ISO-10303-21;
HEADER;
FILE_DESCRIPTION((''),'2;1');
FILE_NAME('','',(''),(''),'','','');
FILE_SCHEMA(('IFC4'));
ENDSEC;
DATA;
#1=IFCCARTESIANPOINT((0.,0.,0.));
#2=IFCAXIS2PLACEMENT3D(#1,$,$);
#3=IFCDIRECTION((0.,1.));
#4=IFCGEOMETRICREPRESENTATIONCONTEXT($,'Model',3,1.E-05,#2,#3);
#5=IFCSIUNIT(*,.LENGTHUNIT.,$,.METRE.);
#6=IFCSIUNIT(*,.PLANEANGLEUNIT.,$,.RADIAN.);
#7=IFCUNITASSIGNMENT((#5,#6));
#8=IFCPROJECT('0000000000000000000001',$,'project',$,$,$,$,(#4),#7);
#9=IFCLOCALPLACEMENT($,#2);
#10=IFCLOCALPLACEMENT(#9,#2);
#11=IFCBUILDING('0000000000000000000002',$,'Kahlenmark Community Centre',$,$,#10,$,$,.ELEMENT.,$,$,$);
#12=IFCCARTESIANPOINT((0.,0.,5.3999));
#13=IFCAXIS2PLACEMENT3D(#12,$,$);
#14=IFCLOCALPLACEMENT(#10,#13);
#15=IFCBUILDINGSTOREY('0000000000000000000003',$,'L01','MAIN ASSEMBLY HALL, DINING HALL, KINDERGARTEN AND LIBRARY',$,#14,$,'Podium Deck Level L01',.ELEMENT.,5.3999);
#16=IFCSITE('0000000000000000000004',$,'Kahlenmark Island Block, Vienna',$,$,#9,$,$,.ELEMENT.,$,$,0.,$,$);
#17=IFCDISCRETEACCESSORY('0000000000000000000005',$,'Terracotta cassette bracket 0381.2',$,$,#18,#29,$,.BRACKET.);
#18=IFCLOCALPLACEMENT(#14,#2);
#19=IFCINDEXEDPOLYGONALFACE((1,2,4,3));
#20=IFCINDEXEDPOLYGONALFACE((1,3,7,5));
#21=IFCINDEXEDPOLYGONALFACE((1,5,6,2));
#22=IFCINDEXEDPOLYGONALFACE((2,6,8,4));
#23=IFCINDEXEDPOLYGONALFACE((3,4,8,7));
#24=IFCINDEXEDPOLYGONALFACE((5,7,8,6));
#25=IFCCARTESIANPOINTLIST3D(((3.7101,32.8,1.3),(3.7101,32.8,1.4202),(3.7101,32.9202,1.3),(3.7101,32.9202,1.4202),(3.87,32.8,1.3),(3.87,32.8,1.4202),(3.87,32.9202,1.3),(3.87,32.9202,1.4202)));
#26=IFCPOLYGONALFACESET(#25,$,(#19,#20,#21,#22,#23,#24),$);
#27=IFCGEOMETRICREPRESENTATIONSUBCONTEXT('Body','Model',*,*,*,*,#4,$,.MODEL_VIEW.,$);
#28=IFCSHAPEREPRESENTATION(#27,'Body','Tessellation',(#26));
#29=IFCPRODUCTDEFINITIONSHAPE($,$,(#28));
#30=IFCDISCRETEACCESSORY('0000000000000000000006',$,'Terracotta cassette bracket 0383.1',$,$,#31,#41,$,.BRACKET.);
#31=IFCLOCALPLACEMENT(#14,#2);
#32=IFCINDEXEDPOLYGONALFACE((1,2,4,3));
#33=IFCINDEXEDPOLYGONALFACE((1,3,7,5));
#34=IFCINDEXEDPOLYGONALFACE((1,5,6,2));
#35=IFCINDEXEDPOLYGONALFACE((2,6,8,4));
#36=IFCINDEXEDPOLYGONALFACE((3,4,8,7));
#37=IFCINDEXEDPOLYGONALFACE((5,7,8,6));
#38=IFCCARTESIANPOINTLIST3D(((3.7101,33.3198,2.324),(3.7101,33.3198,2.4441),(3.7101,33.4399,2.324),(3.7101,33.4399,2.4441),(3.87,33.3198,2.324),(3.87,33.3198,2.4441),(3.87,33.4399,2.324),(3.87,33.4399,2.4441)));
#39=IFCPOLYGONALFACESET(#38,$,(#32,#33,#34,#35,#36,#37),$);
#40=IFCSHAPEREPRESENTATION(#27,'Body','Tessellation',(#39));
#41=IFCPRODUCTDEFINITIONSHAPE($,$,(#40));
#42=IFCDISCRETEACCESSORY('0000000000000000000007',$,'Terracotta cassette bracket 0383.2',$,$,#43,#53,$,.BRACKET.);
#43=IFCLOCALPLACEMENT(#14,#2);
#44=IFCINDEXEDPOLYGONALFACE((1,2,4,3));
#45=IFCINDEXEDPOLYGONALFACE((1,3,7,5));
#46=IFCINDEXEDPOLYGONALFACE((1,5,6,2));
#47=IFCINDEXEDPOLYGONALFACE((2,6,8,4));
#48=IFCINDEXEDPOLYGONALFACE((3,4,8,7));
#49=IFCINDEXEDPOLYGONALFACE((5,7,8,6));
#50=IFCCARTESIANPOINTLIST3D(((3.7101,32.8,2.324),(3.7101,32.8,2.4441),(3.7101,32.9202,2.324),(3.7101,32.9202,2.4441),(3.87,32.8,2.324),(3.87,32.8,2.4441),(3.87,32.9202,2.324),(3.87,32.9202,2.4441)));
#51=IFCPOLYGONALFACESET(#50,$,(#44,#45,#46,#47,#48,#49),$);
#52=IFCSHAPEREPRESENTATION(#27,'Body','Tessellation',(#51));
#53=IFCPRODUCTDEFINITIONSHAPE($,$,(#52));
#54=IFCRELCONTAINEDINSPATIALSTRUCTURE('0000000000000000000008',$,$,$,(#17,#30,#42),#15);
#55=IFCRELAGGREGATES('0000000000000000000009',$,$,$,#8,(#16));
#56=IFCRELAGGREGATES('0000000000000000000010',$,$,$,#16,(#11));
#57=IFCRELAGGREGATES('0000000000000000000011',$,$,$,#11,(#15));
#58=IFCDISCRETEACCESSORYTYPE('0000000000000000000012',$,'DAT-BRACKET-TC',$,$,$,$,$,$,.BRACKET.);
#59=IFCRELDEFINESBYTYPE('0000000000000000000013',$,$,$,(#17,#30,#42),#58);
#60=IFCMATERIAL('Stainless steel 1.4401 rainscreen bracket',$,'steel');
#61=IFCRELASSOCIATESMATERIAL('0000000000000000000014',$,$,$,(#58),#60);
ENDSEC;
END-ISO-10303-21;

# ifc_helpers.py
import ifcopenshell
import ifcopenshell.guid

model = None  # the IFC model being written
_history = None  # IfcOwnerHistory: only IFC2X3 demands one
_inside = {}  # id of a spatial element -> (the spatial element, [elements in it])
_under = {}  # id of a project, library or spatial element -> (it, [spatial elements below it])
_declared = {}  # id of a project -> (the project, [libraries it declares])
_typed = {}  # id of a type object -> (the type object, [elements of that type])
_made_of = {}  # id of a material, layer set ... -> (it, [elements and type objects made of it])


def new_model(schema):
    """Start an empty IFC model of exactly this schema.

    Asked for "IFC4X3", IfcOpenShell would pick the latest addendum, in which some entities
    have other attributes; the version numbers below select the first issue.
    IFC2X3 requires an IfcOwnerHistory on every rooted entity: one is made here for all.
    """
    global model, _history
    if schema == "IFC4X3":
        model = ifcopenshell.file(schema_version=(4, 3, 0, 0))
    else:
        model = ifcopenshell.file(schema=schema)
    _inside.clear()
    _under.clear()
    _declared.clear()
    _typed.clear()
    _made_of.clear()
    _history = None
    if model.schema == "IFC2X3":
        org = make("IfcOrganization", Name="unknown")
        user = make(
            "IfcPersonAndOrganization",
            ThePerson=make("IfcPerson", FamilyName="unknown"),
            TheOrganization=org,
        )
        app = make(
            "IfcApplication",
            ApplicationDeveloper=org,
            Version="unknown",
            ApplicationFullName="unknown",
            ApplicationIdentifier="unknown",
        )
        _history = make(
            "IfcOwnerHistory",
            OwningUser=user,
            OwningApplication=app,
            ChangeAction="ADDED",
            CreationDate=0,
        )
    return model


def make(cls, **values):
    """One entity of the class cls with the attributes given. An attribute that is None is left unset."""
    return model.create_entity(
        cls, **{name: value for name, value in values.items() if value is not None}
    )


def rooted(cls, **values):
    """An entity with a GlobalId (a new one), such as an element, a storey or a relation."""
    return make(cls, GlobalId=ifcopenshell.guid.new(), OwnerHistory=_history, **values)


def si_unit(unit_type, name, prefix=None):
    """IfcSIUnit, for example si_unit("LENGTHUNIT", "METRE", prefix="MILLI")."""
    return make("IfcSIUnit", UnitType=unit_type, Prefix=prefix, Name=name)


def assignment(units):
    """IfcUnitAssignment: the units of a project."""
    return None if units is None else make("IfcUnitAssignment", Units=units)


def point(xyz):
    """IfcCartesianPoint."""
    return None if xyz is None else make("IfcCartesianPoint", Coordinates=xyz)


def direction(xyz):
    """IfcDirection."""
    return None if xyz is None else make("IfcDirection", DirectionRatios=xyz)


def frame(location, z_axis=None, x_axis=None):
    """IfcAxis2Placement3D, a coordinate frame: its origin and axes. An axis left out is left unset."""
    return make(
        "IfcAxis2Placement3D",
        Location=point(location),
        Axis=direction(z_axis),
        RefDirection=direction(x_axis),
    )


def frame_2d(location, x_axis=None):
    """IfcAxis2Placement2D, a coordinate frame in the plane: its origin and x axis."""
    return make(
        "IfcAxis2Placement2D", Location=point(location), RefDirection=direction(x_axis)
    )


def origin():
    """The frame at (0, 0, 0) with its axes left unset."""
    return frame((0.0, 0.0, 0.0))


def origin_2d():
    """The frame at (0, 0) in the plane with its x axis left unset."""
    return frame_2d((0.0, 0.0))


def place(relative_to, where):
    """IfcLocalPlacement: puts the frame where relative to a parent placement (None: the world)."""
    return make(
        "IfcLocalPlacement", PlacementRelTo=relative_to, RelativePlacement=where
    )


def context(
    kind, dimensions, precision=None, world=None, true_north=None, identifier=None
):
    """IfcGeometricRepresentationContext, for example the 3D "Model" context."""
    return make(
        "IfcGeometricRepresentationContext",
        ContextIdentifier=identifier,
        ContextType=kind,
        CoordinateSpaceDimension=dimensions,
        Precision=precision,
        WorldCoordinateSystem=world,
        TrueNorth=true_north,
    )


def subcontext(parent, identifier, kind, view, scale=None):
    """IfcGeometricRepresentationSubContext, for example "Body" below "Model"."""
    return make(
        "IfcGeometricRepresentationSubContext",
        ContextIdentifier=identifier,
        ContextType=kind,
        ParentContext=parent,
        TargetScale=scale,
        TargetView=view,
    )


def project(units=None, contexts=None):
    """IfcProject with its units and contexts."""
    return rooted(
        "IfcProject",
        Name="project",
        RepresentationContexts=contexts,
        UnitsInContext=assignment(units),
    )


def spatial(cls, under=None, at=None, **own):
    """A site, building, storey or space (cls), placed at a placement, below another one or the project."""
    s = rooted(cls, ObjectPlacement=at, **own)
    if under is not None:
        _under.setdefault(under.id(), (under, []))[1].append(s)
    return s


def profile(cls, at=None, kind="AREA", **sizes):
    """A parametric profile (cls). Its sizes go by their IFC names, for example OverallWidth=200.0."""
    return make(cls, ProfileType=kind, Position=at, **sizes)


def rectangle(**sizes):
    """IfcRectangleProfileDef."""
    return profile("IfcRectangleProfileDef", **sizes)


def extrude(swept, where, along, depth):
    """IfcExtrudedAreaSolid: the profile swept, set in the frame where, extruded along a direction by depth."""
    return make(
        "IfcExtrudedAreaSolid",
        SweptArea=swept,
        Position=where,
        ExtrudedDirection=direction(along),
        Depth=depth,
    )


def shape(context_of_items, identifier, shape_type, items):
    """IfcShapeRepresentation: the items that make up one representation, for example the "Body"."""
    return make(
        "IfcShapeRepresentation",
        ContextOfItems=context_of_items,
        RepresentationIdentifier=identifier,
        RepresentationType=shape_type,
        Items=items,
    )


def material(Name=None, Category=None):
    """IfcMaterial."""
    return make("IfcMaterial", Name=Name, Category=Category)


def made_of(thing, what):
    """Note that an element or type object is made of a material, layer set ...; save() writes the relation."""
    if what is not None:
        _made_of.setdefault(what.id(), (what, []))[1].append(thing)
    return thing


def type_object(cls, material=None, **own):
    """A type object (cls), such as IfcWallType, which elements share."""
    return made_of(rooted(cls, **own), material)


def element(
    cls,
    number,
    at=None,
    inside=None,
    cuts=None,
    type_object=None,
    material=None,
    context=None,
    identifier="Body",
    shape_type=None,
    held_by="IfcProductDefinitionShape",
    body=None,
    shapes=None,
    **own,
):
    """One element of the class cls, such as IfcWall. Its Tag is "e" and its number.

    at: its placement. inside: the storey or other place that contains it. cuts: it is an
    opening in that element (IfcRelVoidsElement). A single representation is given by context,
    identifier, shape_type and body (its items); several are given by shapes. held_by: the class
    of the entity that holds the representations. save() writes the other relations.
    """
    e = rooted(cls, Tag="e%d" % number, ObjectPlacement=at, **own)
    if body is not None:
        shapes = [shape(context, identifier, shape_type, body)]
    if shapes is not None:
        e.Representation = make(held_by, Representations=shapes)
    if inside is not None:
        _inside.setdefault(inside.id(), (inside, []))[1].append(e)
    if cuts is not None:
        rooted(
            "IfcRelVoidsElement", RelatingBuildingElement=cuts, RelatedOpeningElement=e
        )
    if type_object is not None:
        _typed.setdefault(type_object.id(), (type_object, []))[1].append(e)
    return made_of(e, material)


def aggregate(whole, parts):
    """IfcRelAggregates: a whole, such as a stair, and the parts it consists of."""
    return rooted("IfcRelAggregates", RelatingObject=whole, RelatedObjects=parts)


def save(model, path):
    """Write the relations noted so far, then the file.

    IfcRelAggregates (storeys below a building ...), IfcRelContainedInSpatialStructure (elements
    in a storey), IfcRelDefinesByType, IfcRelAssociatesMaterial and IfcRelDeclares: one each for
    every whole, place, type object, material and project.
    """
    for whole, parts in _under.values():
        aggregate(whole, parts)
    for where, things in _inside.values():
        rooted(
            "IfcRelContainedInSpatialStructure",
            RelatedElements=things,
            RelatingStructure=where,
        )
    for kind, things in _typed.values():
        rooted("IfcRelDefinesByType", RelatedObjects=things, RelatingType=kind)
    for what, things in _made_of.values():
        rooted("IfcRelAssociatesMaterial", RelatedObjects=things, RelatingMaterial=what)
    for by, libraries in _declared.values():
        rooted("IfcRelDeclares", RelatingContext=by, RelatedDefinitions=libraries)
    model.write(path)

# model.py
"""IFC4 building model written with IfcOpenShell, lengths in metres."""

from ifc_helpers import new_model, si_unit, direction, frame, origin, origin_2d, place, context, subcontext, project, spatial, rectangle, extrude, material, type_object, element, save


model = new_model("IFC4")

# Units and contexts
model_context = context("Model", 3, precision=1e-05, world=origin(), true_north=direction((0.0, 1.0)))
body_context = subcontext(model_context, "Body", "Model", "MODEL_VIEW")
ifc_project = project(units=[si_unit("LENGTHUNIT", "METRE"), si_unit("PLANEANGLEUNIT", "RADIAN")], contexts=[model_context])

# Site, building, storey
site_placement = place(None, origin())
site = spatial("IfcSite", under=ifc_project, at=site_placement, Name="Kahlenmark Island Block, Vienna", CompositionType="ELEMENT", RefElevation=0.0)
building_placement = place(site_placement, origin())
building = spatial("IfcBuilding", under=site, at=building_placement, Name="Kahlenmark Community Centre", CompositionType="ELEMENT")
storey_placement = place(building_placement, frame((0.0, 0.0, 5.3999)))
storey = spatial("IfcBuildingStorey", under=building, at=storey_placement, Name="L01", Description="MAIN ASSEMBLY HALL, DINING HALL, KINDERGARTEN AND LIBRARY", LongName="Podium Deck Level L01", CompositionType="ELEMENT", Elevation=5.3999)

# Discrete accessories
ifc_material_1 = material(Name="Stainless steel 1.4401 rainscreen bracket", Category="steel")
discrete_accessory_type = type_object("IfcDiscreteAccessoryType", Name="DAT-BRACKET-TC", PredefinedType="BRACKET", material=ifc_material_1)
for number, where, z_axis, x_axis, name in (
    (1, (3.79, 32.8601, 1.3), (0.0, 0.0, 1.0), (0.0, -1.0, 0.0), "Terracotta cassette bracket 0381.2"),
    (2, (3.79, 33.3799, 2.324), (0.0, 0.0, 1.0), (0.0, -1.0, 0.0), "Terracotta cassette bracket 0383.1"),
    (3, (3.79, 32.8601, 2.324), (0.0, 0.0, 1.0), (0.0, -1.0, 0.0), "Terracotta cassette bracket 0383.2"),
):
    element("IfcDiscreteAccessory", number, at=place(storey_placement, frame(where, z_axis=z_axis, x_axis=x_axis)), inside=storey, type_object=discrete_accessory_type, Name=name, PredefinedType="BRACKET", context=body_context, shape_type="SweptSolid", body=[
        extrude(rectangle(XDim=0.1201, YDim=0.1599, at=origin_2d()), origin(), (0.0, 0.0, 1.0), 0.1201),
    ])

save(model, "model.ifc")
